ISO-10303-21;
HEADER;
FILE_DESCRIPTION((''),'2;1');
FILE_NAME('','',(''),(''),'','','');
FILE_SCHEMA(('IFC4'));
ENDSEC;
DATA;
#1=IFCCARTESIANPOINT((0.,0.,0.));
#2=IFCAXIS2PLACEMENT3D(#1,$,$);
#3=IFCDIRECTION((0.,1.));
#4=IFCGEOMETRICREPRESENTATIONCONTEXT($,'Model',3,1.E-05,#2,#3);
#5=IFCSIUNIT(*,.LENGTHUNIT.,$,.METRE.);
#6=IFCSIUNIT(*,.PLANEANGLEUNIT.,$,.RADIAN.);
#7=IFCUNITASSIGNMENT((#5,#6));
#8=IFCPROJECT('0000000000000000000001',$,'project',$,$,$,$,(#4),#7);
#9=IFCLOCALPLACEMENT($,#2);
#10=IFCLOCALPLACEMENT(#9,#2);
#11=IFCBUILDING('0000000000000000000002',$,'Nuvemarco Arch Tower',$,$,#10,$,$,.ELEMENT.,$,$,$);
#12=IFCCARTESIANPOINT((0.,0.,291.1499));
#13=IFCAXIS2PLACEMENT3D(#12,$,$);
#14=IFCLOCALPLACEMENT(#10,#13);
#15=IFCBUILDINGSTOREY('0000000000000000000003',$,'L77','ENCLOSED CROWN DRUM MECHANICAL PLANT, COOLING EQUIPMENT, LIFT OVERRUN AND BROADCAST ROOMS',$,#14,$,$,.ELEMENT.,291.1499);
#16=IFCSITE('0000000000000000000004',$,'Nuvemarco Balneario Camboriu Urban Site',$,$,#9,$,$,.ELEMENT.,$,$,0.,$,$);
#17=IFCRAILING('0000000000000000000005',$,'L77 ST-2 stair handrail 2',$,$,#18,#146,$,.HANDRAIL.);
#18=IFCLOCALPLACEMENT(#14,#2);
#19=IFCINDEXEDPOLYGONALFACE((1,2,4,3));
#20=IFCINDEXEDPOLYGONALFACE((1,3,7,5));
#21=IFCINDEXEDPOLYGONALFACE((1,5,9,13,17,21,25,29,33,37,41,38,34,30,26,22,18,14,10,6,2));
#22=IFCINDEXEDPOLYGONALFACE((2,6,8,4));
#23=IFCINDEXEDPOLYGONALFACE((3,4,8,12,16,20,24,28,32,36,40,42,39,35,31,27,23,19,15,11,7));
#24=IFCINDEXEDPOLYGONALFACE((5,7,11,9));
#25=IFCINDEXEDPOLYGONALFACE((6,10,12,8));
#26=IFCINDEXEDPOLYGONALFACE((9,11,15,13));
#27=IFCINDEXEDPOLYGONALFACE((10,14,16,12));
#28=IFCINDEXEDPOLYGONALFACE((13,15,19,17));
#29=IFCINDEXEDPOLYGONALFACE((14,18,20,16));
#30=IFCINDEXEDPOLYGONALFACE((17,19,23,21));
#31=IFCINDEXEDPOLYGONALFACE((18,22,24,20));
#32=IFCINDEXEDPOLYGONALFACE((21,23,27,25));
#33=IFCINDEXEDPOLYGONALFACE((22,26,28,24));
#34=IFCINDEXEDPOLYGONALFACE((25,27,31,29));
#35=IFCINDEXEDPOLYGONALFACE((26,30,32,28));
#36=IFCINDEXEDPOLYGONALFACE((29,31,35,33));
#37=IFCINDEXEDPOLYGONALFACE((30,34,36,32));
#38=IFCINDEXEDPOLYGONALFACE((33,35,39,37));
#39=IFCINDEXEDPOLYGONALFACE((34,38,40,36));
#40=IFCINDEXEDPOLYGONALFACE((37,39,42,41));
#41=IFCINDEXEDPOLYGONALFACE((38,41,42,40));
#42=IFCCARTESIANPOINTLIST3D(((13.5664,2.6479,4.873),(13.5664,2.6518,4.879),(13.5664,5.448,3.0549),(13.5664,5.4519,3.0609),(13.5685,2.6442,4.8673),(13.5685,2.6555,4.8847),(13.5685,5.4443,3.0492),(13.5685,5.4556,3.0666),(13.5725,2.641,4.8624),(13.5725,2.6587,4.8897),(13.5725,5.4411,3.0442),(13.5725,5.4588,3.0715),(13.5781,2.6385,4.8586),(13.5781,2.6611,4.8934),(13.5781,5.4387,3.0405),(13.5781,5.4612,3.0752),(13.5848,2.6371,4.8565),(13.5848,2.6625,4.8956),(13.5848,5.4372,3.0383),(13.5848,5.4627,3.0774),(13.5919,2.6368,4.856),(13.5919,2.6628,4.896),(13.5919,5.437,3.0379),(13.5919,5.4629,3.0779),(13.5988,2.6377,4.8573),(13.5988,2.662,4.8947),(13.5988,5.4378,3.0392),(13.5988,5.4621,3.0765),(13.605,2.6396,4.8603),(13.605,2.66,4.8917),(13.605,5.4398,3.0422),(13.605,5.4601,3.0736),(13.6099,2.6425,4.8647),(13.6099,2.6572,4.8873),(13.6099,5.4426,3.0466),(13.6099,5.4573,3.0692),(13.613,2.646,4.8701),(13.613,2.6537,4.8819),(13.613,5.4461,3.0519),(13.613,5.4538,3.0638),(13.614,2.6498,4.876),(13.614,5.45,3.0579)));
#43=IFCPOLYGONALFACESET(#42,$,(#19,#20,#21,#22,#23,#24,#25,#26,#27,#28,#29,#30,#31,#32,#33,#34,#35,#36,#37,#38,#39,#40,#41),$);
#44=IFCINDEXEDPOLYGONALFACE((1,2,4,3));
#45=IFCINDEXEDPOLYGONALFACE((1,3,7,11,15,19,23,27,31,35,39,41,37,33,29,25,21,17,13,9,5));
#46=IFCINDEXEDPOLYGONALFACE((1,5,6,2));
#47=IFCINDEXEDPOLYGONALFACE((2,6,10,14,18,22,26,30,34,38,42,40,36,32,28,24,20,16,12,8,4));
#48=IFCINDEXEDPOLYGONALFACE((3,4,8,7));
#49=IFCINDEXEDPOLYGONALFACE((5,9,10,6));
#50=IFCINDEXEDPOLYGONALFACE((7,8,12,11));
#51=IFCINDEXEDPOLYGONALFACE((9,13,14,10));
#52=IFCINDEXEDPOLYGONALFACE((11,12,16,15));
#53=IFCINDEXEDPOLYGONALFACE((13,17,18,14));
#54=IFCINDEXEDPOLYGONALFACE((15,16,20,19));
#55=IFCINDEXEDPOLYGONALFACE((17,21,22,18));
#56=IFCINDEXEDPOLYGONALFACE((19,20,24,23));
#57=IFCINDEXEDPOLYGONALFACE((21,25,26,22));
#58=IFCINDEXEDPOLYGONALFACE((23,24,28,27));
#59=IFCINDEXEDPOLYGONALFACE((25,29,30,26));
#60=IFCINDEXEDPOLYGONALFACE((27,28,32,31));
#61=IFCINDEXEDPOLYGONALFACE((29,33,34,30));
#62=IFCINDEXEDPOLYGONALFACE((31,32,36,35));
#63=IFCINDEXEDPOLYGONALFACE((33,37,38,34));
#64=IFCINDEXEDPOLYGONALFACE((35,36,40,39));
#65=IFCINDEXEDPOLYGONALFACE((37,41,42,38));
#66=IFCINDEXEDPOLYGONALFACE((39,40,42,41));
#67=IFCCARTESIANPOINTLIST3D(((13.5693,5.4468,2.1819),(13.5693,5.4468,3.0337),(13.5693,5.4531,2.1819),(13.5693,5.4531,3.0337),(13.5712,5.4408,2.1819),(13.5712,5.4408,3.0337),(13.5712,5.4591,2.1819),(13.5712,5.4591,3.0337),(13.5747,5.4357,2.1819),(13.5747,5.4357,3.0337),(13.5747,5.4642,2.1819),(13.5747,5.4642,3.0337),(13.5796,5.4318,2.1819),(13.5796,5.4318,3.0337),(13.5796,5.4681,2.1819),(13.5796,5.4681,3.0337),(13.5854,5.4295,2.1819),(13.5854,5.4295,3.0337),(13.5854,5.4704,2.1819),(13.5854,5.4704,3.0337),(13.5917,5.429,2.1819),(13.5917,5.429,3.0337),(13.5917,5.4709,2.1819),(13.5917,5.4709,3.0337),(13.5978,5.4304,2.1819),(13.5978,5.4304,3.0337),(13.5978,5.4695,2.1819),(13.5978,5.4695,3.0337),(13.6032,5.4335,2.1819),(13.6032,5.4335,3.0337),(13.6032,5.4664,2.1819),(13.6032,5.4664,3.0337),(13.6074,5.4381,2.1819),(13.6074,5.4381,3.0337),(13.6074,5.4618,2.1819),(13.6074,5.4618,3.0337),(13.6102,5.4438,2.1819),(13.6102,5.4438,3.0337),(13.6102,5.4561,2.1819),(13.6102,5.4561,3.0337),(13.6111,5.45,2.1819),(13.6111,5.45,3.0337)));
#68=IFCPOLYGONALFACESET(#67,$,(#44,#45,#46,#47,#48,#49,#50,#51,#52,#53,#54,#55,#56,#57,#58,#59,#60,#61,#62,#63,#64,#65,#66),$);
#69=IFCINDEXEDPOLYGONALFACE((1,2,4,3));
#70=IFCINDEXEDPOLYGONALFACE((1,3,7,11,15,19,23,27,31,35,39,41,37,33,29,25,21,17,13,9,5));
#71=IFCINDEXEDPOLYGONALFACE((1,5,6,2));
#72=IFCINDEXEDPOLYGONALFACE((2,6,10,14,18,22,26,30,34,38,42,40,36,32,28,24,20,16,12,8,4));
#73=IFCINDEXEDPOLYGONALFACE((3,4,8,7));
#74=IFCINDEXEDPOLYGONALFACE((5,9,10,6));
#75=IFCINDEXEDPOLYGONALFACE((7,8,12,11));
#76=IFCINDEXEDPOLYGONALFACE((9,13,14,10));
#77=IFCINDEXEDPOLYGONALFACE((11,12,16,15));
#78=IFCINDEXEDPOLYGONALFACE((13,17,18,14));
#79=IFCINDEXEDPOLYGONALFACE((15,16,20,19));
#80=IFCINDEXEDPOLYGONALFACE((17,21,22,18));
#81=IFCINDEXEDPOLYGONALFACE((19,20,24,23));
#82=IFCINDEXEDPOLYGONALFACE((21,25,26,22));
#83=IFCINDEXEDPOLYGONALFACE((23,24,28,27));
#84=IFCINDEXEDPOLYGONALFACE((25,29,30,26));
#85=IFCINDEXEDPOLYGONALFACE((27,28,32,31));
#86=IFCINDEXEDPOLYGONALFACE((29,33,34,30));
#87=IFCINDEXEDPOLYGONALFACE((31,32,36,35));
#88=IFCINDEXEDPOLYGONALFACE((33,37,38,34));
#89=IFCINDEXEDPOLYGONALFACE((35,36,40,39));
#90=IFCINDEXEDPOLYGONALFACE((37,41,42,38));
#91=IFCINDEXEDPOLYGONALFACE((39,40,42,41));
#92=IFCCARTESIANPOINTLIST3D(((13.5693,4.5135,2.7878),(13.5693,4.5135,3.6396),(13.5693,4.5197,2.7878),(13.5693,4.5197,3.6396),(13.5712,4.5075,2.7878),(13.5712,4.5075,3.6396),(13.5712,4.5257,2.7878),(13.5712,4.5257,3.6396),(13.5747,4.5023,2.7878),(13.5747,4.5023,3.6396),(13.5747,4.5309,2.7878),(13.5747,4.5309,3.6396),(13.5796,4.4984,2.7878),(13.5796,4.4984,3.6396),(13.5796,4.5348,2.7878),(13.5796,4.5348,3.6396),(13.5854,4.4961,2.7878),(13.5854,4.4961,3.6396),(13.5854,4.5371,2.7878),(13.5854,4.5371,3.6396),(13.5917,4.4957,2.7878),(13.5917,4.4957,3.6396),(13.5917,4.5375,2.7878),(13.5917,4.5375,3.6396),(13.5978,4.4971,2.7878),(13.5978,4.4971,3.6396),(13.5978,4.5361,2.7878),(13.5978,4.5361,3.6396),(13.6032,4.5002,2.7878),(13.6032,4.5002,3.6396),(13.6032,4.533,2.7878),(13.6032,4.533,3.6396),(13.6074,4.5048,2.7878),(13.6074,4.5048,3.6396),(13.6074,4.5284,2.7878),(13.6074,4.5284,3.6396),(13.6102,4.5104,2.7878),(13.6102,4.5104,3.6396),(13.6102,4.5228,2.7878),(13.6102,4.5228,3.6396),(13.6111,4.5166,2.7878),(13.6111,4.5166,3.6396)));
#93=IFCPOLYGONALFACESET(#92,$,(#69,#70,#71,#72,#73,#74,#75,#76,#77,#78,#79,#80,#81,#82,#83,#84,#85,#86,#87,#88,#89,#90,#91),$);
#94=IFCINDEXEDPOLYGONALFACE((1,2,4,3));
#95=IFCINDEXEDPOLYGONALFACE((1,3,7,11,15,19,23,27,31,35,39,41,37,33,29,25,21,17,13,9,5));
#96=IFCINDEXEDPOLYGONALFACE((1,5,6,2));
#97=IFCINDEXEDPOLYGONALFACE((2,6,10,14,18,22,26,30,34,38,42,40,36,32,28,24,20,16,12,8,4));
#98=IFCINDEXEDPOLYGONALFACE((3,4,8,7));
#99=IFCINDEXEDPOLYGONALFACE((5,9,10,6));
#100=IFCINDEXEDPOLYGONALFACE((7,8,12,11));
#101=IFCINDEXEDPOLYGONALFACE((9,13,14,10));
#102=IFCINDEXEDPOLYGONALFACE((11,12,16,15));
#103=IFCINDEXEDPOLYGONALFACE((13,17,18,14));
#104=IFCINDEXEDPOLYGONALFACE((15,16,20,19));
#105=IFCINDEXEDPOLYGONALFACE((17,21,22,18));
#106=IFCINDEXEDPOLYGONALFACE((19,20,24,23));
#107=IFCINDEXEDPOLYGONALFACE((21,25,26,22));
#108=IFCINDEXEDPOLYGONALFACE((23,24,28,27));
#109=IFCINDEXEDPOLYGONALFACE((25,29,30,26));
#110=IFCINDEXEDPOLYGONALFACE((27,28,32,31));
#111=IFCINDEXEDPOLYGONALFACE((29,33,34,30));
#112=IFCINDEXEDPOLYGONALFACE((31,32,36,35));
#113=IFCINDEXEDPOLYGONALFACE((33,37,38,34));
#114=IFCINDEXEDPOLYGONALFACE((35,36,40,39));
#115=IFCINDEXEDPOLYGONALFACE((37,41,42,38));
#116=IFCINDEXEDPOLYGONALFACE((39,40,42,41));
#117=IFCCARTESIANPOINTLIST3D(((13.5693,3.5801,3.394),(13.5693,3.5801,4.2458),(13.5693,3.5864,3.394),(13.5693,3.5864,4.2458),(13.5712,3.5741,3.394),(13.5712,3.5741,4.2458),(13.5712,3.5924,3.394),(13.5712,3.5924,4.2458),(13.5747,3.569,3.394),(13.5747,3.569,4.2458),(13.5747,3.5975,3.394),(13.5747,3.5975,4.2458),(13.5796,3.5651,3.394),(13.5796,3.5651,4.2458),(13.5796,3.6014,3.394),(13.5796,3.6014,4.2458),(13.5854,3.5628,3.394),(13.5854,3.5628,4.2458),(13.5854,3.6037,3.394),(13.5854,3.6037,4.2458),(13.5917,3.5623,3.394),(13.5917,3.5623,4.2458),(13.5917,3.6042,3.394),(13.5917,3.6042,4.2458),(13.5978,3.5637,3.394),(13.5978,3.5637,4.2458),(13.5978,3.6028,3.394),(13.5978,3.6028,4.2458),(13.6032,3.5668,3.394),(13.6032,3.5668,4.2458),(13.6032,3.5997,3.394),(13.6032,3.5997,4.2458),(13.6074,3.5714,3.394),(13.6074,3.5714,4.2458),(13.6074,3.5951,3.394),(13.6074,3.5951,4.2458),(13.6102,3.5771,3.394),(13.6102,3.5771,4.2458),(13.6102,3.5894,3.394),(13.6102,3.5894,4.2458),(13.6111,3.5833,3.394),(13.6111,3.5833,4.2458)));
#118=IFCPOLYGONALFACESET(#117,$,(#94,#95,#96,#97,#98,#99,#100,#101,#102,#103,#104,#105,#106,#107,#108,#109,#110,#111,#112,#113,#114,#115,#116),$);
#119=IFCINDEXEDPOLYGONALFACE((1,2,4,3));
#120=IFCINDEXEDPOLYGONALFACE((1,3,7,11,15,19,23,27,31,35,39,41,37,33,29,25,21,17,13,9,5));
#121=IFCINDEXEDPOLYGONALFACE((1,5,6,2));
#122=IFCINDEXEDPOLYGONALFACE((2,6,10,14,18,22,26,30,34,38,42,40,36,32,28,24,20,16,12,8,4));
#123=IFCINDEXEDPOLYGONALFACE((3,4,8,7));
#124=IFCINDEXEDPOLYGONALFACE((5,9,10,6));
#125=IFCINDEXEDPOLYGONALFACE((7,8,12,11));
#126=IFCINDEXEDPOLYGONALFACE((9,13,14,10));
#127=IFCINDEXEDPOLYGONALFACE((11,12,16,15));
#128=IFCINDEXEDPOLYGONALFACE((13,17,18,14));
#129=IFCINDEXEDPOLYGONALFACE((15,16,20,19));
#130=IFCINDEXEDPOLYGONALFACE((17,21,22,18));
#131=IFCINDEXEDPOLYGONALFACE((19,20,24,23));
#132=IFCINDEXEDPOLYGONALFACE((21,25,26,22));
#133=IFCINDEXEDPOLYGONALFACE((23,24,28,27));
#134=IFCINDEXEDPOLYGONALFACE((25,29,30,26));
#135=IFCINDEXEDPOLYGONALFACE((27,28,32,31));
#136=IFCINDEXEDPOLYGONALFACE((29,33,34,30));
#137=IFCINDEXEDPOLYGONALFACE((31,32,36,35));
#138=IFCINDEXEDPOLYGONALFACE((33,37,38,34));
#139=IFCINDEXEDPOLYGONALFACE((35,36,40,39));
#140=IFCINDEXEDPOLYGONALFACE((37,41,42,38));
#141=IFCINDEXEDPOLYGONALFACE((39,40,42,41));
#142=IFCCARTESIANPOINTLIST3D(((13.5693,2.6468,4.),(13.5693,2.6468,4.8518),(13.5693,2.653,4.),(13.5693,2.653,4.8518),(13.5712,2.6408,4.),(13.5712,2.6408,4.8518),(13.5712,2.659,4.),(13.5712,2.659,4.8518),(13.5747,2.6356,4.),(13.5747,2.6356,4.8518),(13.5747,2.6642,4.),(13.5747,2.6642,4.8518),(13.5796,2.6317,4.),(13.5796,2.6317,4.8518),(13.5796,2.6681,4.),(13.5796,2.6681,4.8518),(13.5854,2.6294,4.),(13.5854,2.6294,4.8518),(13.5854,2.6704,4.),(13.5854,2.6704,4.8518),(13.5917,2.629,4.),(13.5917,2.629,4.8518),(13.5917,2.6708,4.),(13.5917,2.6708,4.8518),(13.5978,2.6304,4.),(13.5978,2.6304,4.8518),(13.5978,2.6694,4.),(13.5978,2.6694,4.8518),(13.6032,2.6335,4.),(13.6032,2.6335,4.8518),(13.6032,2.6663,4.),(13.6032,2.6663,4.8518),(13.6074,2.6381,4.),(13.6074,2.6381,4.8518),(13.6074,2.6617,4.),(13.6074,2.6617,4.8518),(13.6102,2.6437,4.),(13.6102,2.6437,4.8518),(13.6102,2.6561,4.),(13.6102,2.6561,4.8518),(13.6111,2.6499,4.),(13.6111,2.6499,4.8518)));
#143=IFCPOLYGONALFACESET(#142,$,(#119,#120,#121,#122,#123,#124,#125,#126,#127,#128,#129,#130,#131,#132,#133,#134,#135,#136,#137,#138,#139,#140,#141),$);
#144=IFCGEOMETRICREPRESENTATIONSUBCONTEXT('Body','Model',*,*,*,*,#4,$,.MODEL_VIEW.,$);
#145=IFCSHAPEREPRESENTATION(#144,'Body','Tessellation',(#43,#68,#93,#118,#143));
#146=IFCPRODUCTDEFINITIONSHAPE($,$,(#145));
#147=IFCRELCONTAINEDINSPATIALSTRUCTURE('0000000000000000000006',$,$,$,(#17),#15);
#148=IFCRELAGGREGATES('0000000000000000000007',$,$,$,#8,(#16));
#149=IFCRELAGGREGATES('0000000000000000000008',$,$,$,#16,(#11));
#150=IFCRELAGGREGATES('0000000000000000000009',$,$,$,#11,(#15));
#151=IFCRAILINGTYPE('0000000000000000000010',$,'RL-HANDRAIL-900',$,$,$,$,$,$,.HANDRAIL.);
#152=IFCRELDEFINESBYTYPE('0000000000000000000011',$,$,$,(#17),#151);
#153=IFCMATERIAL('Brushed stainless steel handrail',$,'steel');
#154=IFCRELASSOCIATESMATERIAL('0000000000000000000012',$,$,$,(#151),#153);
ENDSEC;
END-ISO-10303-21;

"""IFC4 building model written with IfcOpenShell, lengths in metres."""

from ifc_helpers import new_model, si_unit, direction, frame, origin, origin_2d, place, context, subcontext, project, spatial, circle, extrude, material, type_object, element, save


model = new_model("IFC4")

# Units and contexts
model_context = context("Model", 3, precision=1e-05, world=origin(), true_north=direction((0.0, 1.0)))
body_context = subcontext(model_context, "Body", "Model", "MODEL_VIEW")
ifc_project = project(units=[si_unit("LENGTHUNIT", "METRE"), si_unit("PLANEANGLEUNIT", "RADIAN")], contexts=[model_context])

# Site, building, storey
site_placement = place(None, origin())
site = spatial("IfcSite", under=ifc_project, at=site_placement, Name="Nuvemarco Balneario Camboriu Urban Site", CompositionType="ELEMENT", RefElevation=0.0)
building_placement = place(site_placement, origin())
building = spatial("IfcBuilding", under=site, at=building_placement, Name="Nuvemarco Arch Tower", CompositionType="ELEMENT")
storey_placement = place(building_placement, frame((0.0, 0.0, 291.1499)))
storey = spatial("IfcBuildingStorey", under=building, at=storey_placement, Name="L77", Description="ENCLOSED CROWN DRUM MECHANICAL PLANT, COOLING EQUIPMENT, LIFT OVERRUN AND BROADCAST ROOMS", CompositionType="ELEMENT", Elevation=291.1499)

# Railing
ifc_material_1 = material(Name="Brushed stainless steel handrail", Category="steel")
railing_type_1 = type_object("IfcRailingType", Name="RL-HANDRAIL-900", PredefinedType="HANDRAIL", material=ifc_material_1)
railing_1_placement = place(storey_placement, frame((13.5901, 5.45, 2.1819)))
element("IfcRailing", 1, at=railing_1_placement, inside=storey, type_object=railing_type_1, Name="L77 ST-2 stair handrail 2", PredefinedType="HANDRAIL", context=body_context, shape_type="SweptSolid", body=[
    extrude(circle(Radius=0.0239, at=origin_2d()), frame((0.0, 0.0, 0.876), z_axis=(0.0, -0.838706, 0.544585), x_axis=(1.0, 0.0, 0.0)), (0.0, 0.0, 1.0), 3.3386),
    extrude(circle(Radius=0.021, at=origin_2d()), origin(), (0.0, 0.0, 1.0), 0.8518),
    extrude(circle(Radius=0.021, at=origin_2d()), frame((0.0, -0.9333, 0.606)), (0.0, 0.0, 1.0), 0.8518),
    extrude(circle(Radius=0.021, at=origin_2d()), frame((0.0, -1.8667, 1.2122)), (0.0, 0.0, 1.0), 0.8518),
    extrude(circle(Radius=0.021, at=origin_2d()), frame((0.0, -2.8, 1.8181)), (0.0, 0.0, 1.0), 0.8518),
])

save(model, "model.ifc")
